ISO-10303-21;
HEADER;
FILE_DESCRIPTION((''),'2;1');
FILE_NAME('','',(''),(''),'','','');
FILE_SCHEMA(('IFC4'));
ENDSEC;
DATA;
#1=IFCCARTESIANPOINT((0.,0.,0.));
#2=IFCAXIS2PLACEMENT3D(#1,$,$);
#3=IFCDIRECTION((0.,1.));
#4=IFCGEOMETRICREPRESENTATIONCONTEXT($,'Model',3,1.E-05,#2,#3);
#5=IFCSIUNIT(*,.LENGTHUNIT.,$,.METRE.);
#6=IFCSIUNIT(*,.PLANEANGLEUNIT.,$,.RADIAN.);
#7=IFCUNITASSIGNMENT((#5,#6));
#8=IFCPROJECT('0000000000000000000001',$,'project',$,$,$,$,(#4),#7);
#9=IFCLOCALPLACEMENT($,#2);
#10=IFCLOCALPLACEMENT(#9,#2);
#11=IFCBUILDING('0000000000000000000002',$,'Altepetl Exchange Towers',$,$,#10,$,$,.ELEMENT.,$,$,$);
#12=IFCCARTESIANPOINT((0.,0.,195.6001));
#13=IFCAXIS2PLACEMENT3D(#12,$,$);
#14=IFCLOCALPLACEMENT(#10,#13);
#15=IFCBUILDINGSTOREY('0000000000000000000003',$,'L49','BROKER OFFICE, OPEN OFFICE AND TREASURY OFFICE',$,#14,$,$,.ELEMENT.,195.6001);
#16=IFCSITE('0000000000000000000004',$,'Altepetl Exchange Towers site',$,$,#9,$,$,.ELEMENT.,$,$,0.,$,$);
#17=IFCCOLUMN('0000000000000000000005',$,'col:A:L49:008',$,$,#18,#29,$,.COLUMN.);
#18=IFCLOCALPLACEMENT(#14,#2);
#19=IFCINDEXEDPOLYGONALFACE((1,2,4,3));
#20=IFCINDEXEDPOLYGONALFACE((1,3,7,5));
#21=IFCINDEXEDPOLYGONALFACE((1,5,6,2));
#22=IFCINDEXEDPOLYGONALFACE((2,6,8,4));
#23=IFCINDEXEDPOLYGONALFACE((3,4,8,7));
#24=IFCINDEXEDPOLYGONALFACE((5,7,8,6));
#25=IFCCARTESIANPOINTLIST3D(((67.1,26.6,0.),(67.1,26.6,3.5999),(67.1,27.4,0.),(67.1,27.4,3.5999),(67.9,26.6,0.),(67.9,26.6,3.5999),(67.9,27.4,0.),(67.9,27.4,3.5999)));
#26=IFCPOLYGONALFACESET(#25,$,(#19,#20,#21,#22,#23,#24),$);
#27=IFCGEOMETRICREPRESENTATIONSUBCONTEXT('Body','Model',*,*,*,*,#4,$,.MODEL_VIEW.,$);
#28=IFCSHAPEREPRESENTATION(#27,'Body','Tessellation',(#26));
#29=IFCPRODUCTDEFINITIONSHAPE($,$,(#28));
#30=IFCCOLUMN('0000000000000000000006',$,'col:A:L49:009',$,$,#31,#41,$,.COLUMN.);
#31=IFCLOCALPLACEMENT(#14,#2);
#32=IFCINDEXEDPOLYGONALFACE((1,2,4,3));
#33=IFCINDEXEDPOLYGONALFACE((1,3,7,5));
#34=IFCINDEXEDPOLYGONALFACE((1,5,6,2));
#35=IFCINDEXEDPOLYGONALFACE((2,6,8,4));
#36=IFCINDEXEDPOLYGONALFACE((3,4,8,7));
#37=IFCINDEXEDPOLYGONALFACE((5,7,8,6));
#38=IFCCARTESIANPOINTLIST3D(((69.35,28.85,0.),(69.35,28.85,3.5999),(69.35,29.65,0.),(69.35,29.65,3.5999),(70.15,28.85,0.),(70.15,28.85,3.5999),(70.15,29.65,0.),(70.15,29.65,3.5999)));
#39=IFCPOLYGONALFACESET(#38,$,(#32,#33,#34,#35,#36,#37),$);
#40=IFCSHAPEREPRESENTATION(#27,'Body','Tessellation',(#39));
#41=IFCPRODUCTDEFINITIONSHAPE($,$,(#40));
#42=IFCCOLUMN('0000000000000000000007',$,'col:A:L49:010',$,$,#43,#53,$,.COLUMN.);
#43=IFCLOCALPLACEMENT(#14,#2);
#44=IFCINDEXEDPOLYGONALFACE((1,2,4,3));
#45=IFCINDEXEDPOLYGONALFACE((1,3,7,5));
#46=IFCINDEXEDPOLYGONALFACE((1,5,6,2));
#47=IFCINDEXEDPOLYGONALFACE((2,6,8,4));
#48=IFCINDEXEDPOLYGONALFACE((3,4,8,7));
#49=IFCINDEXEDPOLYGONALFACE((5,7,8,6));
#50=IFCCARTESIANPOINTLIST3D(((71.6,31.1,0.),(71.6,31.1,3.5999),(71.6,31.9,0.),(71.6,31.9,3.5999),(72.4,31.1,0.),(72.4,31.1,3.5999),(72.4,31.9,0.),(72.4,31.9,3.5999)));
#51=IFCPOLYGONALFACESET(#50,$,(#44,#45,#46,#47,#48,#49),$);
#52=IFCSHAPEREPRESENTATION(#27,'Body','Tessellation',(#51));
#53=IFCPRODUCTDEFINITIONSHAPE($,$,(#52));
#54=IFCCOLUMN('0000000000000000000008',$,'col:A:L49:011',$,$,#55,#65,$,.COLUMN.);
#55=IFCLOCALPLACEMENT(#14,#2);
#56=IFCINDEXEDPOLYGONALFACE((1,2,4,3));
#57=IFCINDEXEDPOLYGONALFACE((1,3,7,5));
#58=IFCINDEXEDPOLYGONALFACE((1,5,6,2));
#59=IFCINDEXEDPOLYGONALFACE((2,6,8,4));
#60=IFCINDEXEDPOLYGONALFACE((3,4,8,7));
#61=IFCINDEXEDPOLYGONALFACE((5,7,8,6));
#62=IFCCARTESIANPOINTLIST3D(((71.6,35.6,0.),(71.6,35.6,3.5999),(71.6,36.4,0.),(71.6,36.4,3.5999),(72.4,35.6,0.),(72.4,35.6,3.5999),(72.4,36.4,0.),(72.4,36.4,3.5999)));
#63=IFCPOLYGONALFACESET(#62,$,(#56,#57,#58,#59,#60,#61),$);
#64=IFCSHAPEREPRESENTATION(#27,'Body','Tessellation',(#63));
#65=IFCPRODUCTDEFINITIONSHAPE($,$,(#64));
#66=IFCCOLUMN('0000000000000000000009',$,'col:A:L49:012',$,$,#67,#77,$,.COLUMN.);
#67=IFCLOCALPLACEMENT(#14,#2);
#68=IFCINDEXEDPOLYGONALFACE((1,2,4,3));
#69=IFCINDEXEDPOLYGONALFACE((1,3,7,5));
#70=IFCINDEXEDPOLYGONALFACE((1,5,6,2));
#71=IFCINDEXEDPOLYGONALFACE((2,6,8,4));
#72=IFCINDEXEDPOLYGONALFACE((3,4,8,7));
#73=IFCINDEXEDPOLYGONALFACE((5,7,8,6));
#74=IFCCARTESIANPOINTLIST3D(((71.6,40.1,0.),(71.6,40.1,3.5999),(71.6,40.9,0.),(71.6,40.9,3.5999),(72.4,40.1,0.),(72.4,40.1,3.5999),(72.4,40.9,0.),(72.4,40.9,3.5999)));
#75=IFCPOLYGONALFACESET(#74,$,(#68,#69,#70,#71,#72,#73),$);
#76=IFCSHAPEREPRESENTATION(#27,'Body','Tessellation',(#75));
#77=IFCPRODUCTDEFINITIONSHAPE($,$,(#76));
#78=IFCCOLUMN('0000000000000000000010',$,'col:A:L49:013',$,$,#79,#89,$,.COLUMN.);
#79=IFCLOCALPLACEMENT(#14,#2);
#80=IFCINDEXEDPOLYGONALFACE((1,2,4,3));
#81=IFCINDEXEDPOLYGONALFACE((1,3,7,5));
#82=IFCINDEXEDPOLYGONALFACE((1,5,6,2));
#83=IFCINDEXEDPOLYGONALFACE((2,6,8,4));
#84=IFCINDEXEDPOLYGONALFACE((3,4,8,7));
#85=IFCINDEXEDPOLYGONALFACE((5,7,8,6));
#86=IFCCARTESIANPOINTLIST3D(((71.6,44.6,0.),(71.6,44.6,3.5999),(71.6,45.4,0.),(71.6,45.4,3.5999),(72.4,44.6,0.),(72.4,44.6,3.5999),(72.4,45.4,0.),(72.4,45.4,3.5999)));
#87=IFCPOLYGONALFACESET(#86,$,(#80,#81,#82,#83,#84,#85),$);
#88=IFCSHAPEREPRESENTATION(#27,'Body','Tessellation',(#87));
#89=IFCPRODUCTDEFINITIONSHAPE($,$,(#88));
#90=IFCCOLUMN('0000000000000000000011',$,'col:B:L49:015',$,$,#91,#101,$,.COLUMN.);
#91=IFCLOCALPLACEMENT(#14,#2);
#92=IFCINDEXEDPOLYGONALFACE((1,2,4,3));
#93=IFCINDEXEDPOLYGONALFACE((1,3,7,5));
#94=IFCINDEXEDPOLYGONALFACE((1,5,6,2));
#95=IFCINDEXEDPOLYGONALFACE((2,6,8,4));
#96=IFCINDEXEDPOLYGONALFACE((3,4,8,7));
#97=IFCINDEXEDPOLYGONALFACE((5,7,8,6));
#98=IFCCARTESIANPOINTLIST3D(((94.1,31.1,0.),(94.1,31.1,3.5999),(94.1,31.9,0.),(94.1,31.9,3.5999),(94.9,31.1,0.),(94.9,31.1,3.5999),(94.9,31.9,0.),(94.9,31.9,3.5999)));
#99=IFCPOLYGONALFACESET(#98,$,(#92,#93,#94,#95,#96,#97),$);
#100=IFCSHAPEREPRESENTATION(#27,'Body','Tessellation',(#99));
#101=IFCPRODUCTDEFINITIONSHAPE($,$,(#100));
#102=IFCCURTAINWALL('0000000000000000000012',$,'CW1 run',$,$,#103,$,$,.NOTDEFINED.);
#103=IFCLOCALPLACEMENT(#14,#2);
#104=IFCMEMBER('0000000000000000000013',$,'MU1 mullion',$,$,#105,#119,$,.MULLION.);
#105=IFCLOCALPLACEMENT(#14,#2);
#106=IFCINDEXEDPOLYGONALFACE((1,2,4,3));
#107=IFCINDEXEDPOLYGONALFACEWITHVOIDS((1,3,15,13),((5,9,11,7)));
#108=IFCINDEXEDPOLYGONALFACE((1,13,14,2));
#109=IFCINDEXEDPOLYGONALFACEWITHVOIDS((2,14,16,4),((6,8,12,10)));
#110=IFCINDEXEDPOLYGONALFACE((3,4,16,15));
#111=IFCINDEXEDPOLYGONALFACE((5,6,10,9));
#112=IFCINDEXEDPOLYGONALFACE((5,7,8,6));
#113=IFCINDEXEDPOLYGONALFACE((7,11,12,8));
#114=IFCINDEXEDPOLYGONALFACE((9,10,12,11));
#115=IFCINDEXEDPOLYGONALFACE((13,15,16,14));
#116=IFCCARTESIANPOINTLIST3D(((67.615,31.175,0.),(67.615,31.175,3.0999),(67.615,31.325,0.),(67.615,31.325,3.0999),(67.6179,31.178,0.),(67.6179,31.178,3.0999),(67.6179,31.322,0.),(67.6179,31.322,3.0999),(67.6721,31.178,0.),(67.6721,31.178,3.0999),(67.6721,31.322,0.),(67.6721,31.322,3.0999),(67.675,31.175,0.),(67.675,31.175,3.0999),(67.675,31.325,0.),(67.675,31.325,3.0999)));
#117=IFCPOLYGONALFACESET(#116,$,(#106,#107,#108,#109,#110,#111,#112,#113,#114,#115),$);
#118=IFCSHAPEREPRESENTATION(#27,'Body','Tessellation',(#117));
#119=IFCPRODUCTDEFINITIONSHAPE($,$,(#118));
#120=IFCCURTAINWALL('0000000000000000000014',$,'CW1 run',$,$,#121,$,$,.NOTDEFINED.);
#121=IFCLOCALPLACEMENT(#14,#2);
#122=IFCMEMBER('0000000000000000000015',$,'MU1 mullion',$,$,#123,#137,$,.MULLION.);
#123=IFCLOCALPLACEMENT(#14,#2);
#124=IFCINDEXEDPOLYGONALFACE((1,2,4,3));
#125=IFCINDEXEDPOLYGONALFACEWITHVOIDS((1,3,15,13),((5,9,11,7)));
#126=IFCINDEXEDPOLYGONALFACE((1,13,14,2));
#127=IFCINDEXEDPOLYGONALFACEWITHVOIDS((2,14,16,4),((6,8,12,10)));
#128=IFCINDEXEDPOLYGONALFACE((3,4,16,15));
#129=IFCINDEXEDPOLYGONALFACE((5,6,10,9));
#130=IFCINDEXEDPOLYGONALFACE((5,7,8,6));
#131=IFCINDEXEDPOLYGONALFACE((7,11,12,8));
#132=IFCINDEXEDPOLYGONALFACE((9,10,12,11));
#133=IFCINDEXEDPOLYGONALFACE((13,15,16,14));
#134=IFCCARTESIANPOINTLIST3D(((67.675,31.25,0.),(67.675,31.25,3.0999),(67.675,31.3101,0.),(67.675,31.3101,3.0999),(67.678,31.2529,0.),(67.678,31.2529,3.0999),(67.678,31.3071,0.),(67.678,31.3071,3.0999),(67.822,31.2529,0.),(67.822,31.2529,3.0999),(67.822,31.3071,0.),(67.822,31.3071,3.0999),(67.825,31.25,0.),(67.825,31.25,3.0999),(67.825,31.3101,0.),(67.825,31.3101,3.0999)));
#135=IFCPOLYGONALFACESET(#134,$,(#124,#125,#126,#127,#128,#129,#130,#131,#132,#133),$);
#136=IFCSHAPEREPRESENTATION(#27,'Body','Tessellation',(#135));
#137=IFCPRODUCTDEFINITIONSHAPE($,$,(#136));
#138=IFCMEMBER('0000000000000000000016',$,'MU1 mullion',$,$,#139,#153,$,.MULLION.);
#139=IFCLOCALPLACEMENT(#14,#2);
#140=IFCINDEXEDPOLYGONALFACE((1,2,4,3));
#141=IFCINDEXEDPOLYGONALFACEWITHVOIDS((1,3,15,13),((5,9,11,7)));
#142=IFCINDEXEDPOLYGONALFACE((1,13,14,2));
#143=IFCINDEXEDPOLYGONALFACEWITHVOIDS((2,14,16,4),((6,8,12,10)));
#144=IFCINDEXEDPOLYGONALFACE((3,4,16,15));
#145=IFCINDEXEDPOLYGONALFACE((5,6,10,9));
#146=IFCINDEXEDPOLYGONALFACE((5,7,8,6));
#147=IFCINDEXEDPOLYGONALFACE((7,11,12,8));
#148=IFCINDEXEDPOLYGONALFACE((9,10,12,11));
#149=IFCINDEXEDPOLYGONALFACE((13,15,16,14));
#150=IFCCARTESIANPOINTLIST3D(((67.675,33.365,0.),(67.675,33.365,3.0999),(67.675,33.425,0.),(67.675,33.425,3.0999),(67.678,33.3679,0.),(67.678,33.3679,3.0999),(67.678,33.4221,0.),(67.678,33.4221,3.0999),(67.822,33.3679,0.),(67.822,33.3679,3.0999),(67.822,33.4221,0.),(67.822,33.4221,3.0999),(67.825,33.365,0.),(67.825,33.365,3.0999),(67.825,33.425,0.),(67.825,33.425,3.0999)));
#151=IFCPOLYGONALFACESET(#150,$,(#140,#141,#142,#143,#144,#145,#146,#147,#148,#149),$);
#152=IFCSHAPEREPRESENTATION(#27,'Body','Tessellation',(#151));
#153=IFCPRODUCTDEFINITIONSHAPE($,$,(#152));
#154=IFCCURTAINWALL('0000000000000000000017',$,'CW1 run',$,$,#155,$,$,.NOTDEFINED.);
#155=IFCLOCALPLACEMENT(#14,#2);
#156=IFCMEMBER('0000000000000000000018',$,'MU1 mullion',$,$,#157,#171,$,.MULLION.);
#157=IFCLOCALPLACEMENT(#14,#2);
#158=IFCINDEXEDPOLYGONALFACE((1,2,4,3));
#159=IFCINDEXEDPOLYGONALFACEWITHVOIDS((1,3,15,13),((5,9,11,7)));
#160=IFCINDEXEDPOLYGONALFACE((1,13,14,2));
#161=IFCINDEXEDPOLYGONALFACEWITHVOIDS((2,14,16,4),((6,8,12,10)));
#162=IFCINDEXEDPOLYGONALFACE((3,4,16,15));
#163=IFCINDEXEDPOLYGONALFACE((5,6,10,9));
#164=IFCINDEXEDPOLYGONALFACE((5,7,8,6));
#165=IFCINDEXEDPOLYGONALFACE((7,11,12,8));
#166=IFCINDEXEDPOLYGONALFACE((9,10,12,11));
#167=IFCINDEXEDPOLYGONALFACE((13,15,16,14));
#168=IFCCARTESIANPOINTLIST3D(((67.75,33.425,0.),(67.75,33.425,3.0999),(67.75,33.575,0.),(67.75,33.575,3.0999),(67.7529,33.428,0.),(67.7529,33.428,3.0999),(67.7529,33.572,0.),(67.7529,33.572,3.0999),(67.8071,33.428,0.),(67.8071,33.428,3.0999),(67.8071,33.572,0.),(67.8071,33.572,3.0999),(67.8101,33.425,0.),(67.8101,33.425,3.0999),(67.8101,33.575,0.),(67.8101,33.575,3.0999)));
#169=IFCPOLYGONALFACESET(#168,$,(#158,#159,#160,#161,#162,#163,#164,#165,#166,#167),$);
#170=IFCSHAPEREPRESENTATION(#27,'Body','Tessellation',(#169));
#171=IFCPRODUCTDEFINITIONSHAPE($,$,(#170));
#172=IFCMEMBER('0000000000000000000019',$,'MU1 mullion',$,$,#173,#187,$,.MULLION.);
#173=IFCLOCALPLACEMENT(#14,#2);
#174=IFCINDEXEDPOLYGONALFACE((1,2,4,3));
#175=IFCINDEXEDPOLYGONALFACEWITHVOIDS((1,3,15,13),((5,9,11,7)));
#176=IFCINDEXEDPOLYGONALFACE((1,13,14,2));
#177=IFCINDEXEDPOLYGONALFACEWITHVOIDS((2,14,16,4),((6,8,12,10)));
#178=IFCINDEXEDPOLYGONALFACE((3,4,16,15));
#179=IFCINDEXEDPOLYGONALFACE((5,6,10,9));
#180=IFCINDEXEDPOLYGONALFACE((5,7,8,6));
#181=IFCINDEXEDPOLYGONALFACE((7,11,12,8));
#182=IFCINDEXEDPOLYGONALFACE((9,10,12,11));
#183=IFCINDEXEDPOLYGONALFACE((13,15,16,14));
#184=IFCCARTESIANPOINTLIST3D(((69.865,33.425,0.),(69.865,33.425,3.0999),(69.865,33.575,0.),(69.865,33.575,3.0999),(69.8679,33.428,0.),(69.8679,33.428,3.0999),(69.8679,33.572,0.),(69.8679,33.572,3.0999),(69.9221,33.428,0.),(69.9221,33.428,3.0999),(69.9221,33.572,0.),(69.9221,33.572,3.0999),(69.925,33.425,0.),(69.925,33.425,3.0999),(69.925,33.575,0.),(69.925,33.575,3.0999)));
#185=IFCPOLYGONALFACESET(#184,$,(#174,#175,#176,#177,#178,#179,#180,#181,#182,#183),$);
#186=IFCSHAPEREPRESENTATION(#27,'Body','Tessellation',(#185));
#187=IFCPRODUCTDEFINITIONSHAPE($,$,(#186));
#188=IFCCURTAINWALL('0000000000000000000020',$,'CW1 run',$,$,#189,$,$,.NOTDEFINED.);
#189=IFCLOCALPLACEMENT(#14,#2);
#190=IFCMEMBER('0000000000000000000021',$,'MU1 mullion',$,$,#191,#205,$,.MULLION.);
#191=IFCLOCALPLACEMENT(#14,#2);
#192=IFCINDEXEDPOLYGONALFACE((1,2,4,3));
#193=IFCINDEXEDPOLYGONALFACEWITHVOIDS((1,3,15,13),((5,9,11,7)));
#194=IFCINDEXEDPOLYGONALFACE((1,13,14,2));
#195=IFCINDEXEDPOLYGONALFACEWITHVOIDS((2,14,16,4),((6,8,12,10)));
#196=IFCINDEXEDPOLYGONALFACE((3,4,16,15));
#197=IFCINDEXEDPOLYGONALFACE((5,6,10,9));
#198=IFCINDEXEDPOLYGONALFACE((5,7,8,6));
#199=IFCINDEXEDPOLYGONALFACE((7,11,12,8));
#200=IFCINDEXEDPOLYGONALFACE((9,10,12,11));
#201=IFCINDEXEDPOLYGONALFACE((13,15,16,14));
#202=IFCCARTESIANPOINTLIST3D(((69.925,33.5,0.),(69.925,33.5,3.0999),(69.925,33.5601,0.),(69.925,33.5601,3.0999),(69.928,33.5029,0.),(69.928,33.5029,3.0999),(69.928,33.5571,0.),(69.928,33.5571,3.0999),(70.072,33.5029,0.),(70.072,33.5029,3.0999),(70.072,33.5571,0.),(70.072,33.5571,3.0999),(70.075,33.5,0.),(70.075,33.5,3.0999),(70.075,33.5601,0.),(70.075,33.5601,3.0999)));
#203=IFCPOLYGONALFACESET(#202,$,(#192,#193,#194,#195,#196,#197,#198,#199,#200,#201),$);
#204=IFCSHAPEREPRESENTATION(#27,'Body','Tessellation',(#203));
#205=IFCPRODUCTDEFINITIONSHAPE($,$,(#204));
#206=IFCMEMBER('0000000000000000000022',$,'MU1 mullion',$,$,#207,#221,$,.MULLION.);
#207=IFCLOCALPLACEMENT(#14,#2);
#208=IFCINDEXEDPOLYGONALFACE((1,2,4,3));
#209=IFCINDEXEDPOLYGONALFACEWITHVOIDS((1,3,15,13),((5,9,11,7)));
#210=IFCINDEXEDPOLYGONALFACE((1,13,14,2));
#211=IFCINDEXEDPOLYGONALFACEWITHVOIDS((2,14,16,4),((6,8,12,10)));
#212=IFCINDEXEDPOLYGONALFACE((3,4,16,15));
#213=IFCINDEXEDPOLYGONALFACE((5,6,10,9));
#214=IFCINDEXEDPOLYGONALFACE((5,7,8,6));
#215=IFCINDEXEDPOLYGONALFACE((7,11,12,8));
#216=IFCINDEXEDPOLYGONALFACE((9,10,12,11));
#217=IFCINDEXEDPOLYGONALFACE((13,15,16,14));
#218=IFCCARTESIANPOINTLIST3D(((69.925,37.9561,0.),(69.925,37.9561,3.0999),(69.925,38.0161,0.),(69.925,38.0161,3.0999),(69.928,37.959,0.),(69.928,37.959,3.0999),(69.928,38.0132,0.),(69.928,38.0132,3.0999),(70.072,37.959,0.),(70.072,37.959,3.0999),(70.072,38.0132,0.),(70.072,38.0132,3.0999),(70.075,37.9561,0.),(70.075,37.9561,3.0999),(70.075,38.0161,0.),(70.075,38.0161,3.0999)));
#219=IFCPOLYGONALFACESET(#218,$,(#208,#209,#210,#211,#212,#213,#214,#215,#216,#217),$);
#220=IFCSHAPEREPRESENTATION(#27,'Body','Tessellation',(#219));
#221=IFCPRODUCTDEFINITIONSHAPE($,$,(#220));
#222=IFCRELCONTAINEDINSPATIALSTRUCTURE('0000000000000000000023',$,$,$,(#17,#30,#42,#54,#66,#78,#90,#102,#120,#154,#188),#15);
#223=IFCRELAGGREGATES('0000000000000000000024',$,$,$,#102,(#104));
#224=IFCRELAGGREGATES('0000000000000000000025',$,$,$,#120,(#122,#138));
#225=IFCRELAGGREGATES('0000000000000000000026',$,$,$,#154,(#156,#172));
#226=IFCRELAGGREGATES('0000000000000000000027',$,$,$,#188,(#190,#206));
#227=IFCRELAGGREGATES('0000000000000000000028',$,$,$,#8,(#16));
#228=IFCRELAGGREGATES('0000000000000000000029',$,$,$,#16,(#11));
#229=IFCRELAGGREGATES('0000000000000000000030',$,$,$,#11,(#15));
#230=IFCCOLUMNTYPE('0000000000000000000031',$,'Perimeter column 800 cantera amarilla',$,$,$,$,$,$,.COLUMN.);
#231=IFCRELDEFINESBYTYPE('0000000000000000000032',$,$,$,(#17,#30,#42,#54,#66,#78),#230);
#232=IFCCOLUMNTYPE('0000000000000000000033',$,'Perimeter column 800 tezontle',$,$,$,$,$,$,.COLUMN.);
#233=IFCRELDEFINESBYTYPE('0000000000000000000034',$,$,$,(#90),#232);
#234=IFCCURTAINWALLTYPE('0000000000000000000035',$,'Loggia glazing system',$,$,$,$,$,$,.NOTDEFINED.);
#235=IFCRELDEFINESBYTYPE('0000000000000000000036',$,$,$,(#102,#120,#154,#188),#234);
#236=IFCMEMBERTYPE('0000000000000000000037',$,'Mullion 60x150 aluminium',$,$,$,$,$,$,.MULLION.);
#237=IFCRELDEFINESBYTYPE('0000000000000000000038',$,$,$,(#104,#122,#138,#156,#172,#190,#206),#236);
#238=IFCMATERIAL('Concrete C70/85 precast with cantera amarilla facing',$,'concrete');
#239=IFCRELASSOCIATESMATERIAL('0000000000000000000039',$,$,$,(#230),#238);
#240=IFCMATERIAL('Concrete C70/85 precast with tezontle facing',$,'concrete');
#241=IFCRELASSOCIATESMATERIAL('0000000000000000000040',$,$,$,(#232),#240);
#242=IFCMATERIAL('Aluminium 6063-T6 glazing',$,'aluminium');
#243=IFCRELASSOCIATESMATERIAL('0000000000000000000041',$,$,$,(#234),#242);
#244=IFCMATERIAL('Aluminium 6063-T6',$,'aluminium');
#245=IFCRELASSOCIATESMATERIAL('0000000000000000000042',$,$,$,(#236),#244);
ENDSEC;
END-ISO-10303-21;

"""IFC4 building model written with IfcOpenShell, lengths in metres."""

from ifc_helpers import new_model, si_unit, direction, frame, origin, origin_2d, place, context, subcontext, project, spatial, rectangle, hollow_rectangle, extrude, material, material_profile, profile_set, type_object, element, aggregate, save


model = new_model("IFC4")

# Units and contexts
model_context = context("Model", 3, precision=1e-05, world=origin(), true_north=direction((0.0, 1.0)))
body_context = subcontext(model_context, "Body", "Model", "MODEL_VIEW")
ifc_project = project(units=[si_unit("LENGTHUNIT", "METRE"), si_unit("PLANEANGLEUNIT", "RADIAN")], contexts=[model_context])

# Site, building, storey
site_placement = place(None, origin())
site = spatial("IfcSite", under=ifc_project, at=site_placement, Name="Altepetl Exchange Towers site", CompositionType="ELEMENT", RefElevation=0.0)
building_placement = place(site_placement, origin())
building = spatial("IfcBuilding", under=site, at=building_placement, Name="Altepetl Exchange Towers", CompositionType="ELEMENT")
storey_placement = place(building_placement, frame((0.0, 0.0, 195.6001)))
storey = spatial("IfcBuildingStorey", under=building, at=storey_placement, Name="L49", Description="BROKER OFFICE, OPEN OFFICE AND TREASURY OFFICE", CompositionType="ELEMENT", Elevation=195.6001)

# Columns
ifc_material_1 = material(Name="Concrete C70/85 precast with cantera amarilla facing", Category="concrete")
ifc_material_profile_1 = material_profile(ifc_material_1, rectangle(XDim=0.8, YDim=0.8, at=origin_2d()), Name="800 x 800")
ifc_profile_set_1 = profile_set([ifc_material_profile_1], Name="Concrete C70/85 precast with cantera amarilla facing")
column_type_1 = type_object("IfcColumnType", Name="Perimeter column 800 cantera amarilla", PredefinedType="COLUMN", material=ifc_profile_set_1)
for number, where, name in (
    (1, (67.5, 27.0, 0.0), "col:A:L49:008"),
    (2, (69.75, 29.25, 0.0), "col:A:L49:009"),
    (3, (72.0, 31.5, 0.0), "col:A:L49:010"),
    (4, (72.0, 36.0, 0.0), "col:A:L49:011"),
    (5, (72.0, 40.5, 0.0), "col:A:L49:012"),
    (6, (72.0, 45.0, 0.0), "col:A:L49:013"),
):
    element("IfcColumn", number, at=place(storey_placement, frame(where)), inside=storey, type_object=column_type_1, Name=name, PredefinedType="COLUMN", context=body_context, shape_type="SweptSolid", body=[
        extrude(rectangle(XDim=0.8, YDim=0.8, at=origin_2d()), origin(), (0.0, 0.0, 1.0), 3.5999),
    ])
ifc_material_2 = material(Name="Concrete C70/85 precast with tezontle facing", Category="concrete")
ifc_material_profile_2 = material_profile(ifc_material_2, rectangle(XDim=0.8, YDim=0.8, at=origin_2d()), Name="800 x 800")
ifc_profile_set_2 = profile_set([ifc_material_profile_2], Name="Concrete C70/85 precast with tezontle facing")
column_type_2 = type_object("IfcColumnType", Name="Perimeter column 800 tezontle", PredefinedType="COLUMN", material=ifc_profile_set_2)
column_placement = place(storey_placement, frame((94.5, 31.5, 0.0)))
element("IfcColumn", 7, at=column_placement, inside=storey, type_object=column_type_2, Name="col:B:L49:015", PredefinedType="COLUMN", context=body_context, shape_type="SweptSolid", body=[
    extrude(rectangle(XDim=0.8, YDim=0.8, at=origin_2d()), origin(), (0.0, 0.0, 1.0), 3.5999),
])

# Curtain wall, member
ifc_material_3 = material(Name="Aluminium 6063-T6 glazing", Category="aluminium")
curtain_wall_type = type_object("IfcCurtainWallType", Name="Loggia glazing system", PredefinedType="NOTDEFINED", material=ifc_material_3)
curtain_wall_1_placement = place(storey_placement, origin())
curtain_wall_1 = element("IfcCurtainWall", 8, at=curtain_wall_1_placement, inside=storey, type_object=curtain_wall_type, Name="CW1 run", PredefinedType="NOTDEFINED")
ifc_material_4 = material(Name="Aluminium 6063-T6", Category="aluminium")
ifc_material_profile_3 = material_profile(ifc_material_4, hollow_rectangle(XDim=0.0601, YDim=0.1499, WallThickness=0.0029, at=origin_2d()), Name="Mullion 60x150 aluminium")
ifc_profile_set_3 = profile_set([ifc_material_profile_3], Name="Aluminium 6063-T6")
member_type = type_object("IfcMemberType", Name="Mullion 60x150 aluminium", PredefinedType="MULLION", material=ifc_profile_set_3)
member_1_placement = place(storey_placement, frame((67.645, 31.25, 0.0)))
member_1 = element("IfcMember", 9, at=member_1_placement, type_object=member_type, Name="MU1 mullion", PredefinedType="MULLION", context=body_context, shape_type="SweptSolid", body=[
    extrude(hollow_rectangle(XDim=0.0601, YDim=0.1499, WallThickness=0.0029, at=origin_2d()), origin(), (0.0, 0.0, 1.0), 3.0999),
])
aggregate(curtain_wall_1, [member_1])

# Curtain walls, members
curtain_wall_2_placement = place(storey_placement, origin())
curtain_wall_2 = element("IfcCurtainWall", 10, at=curtain_wall_2_placement, inside=storey, type_object=curtain_wall_type, Name="CW1 run", PredefinedType="NOTDEFINED")
member_2_placement = place(storey_placement, frame((67.75, 31.28, 0.0), z_axis=(0.0, 0.0, 1.0), x_axis=(0.0, 1.0, 0.0)))
member_2 = element("IfcMember", 11, at=member_2_placement, type_object=member_type, Name="MU1 mullion", PredefinedType="MULLION", context=body_context, shape_type="SweptSolid", body=[
    extrude(hollow_rectangle(XDim=0.0601, YDim=0.1499, WallThickness=0.0029, at=origin_2d()), origin(), (0.0, 0.0, 1.0), 3.0999),
])
member_3_placement = place(storey_placement, frame((67.75, 33.395, 0.0), z_axis=(0.0, 0.0, 1.0), x_axis=(0.0, 1.0, 0.0)))
member_3 = element("IfcMember", 12, at=member_3_placement, type_object=member_type, Name="MU1 mullion", PredefinedType="MULLION", context=body_context, shape_type="SweptSolid", body=[
    extrude(hollow_rectangle(XDim=0.0601, YDim=0.1499, WallThickness=0.0029, at=origin_2d()), origin(), (0.0, 0.0, 1.0), 3.0999),
])
curtain_wall_3_placement = place(storey_placement, origin())
curtain_wall_3 = element("IfcCurtainWall", 13, at=curtain_wall_3_placement, inside=storey, type_object=curtain_wall_type, Name="CW1 run", PredefinedType="NOTDEFINED")
member_4_placement = place(storey_placement, frame((67.78, 33.5, 0.0)))
member_4 = element("IfcMember", 14, at=member_4_placement, type_object=member_type, Name="MU1 mullion", PredefinedType="MULLION", context=body_context, shape_type="SweptSolid", body=[
    extrude(hollow_rectangle(XDim=0.0601, YDim=0.1499, WallThickness=0.0029, at=origin_2d()), origin(), (0.0, 0.0, 1.0), 3.0999),
])
member_5_placement = place(storey_placement, frame((69.895, 33.5, 0.0)))
member_5 = element("IfcMember", 15, at=member_5_placement, type_object=member_type, Name="MU1 mullion", PredefinedType="MULLION", context=body_context, shape_type="SweptSolid", body=[
    extrude(hollow_rectangle(XDim=0.0601, YDim=0.1499, WallThickness=0.0029, at=origin_2d()), origin(), (0.0, 0.0, 1.0), 3.0999),
])
curtain_wall_4_placement = place(storey_placement, origin())
curtain_wall_4 = element("IfcCurtainWall", 16, at=curtain_wall_4_placement, inside=storey, type_object=curtain_wall_type, Name="CW1 run", PredefinedType="NOTDEFINED")
member_6_placement = place(storey_placement, frame((70.0, 33.53, 0.0), z_axis=(0.0, 0.0, 1.0), x_axis=(0.0, 1.0, 0.0)))
member_6 = element("IfcMember", 17, at=member_6_placement, type_object=member_type, Name="MU1 mullion", PredefinedType="MULLION", context=body_context, shape_type="SweptSolid", body=[
    extrude(hollow_rectangle(XDim=0.0601, YDim=0.1499, WallThickness=0.0029, at=origin_2d()), origin(), (0.0, 0.0, 1.0), 3.0999),
])
member_7_placement = place(storey_placement, frame((70.0, 37.9861, 0.0), z_axis=(0.0, 0.0, 1.0), x_axis=(0.0, 1.0, 0.0)))
member_7 = element("IfcMember", 18, at=member_7_placement, type_object=member_type, Name="MU1 mullion", PredefinedType="MULLION", context=body_context, shape_type="SweptSolid", body=[
    extrude(hollow_rectangle(XDim=0.0601, YDim=0.1499, WallThickness=0.0029, at=origin_2d()), origin(), (0.0, 0.0, 1.0), 3.0999),
])

aggregate(curtain_wall_2, [member_2, member_3])
aggregate(curtain_wall_3, [member_4, member_5])
aggregate(curtain_wall_4, [member_6, member_7])

save(model, "model.ifc")
